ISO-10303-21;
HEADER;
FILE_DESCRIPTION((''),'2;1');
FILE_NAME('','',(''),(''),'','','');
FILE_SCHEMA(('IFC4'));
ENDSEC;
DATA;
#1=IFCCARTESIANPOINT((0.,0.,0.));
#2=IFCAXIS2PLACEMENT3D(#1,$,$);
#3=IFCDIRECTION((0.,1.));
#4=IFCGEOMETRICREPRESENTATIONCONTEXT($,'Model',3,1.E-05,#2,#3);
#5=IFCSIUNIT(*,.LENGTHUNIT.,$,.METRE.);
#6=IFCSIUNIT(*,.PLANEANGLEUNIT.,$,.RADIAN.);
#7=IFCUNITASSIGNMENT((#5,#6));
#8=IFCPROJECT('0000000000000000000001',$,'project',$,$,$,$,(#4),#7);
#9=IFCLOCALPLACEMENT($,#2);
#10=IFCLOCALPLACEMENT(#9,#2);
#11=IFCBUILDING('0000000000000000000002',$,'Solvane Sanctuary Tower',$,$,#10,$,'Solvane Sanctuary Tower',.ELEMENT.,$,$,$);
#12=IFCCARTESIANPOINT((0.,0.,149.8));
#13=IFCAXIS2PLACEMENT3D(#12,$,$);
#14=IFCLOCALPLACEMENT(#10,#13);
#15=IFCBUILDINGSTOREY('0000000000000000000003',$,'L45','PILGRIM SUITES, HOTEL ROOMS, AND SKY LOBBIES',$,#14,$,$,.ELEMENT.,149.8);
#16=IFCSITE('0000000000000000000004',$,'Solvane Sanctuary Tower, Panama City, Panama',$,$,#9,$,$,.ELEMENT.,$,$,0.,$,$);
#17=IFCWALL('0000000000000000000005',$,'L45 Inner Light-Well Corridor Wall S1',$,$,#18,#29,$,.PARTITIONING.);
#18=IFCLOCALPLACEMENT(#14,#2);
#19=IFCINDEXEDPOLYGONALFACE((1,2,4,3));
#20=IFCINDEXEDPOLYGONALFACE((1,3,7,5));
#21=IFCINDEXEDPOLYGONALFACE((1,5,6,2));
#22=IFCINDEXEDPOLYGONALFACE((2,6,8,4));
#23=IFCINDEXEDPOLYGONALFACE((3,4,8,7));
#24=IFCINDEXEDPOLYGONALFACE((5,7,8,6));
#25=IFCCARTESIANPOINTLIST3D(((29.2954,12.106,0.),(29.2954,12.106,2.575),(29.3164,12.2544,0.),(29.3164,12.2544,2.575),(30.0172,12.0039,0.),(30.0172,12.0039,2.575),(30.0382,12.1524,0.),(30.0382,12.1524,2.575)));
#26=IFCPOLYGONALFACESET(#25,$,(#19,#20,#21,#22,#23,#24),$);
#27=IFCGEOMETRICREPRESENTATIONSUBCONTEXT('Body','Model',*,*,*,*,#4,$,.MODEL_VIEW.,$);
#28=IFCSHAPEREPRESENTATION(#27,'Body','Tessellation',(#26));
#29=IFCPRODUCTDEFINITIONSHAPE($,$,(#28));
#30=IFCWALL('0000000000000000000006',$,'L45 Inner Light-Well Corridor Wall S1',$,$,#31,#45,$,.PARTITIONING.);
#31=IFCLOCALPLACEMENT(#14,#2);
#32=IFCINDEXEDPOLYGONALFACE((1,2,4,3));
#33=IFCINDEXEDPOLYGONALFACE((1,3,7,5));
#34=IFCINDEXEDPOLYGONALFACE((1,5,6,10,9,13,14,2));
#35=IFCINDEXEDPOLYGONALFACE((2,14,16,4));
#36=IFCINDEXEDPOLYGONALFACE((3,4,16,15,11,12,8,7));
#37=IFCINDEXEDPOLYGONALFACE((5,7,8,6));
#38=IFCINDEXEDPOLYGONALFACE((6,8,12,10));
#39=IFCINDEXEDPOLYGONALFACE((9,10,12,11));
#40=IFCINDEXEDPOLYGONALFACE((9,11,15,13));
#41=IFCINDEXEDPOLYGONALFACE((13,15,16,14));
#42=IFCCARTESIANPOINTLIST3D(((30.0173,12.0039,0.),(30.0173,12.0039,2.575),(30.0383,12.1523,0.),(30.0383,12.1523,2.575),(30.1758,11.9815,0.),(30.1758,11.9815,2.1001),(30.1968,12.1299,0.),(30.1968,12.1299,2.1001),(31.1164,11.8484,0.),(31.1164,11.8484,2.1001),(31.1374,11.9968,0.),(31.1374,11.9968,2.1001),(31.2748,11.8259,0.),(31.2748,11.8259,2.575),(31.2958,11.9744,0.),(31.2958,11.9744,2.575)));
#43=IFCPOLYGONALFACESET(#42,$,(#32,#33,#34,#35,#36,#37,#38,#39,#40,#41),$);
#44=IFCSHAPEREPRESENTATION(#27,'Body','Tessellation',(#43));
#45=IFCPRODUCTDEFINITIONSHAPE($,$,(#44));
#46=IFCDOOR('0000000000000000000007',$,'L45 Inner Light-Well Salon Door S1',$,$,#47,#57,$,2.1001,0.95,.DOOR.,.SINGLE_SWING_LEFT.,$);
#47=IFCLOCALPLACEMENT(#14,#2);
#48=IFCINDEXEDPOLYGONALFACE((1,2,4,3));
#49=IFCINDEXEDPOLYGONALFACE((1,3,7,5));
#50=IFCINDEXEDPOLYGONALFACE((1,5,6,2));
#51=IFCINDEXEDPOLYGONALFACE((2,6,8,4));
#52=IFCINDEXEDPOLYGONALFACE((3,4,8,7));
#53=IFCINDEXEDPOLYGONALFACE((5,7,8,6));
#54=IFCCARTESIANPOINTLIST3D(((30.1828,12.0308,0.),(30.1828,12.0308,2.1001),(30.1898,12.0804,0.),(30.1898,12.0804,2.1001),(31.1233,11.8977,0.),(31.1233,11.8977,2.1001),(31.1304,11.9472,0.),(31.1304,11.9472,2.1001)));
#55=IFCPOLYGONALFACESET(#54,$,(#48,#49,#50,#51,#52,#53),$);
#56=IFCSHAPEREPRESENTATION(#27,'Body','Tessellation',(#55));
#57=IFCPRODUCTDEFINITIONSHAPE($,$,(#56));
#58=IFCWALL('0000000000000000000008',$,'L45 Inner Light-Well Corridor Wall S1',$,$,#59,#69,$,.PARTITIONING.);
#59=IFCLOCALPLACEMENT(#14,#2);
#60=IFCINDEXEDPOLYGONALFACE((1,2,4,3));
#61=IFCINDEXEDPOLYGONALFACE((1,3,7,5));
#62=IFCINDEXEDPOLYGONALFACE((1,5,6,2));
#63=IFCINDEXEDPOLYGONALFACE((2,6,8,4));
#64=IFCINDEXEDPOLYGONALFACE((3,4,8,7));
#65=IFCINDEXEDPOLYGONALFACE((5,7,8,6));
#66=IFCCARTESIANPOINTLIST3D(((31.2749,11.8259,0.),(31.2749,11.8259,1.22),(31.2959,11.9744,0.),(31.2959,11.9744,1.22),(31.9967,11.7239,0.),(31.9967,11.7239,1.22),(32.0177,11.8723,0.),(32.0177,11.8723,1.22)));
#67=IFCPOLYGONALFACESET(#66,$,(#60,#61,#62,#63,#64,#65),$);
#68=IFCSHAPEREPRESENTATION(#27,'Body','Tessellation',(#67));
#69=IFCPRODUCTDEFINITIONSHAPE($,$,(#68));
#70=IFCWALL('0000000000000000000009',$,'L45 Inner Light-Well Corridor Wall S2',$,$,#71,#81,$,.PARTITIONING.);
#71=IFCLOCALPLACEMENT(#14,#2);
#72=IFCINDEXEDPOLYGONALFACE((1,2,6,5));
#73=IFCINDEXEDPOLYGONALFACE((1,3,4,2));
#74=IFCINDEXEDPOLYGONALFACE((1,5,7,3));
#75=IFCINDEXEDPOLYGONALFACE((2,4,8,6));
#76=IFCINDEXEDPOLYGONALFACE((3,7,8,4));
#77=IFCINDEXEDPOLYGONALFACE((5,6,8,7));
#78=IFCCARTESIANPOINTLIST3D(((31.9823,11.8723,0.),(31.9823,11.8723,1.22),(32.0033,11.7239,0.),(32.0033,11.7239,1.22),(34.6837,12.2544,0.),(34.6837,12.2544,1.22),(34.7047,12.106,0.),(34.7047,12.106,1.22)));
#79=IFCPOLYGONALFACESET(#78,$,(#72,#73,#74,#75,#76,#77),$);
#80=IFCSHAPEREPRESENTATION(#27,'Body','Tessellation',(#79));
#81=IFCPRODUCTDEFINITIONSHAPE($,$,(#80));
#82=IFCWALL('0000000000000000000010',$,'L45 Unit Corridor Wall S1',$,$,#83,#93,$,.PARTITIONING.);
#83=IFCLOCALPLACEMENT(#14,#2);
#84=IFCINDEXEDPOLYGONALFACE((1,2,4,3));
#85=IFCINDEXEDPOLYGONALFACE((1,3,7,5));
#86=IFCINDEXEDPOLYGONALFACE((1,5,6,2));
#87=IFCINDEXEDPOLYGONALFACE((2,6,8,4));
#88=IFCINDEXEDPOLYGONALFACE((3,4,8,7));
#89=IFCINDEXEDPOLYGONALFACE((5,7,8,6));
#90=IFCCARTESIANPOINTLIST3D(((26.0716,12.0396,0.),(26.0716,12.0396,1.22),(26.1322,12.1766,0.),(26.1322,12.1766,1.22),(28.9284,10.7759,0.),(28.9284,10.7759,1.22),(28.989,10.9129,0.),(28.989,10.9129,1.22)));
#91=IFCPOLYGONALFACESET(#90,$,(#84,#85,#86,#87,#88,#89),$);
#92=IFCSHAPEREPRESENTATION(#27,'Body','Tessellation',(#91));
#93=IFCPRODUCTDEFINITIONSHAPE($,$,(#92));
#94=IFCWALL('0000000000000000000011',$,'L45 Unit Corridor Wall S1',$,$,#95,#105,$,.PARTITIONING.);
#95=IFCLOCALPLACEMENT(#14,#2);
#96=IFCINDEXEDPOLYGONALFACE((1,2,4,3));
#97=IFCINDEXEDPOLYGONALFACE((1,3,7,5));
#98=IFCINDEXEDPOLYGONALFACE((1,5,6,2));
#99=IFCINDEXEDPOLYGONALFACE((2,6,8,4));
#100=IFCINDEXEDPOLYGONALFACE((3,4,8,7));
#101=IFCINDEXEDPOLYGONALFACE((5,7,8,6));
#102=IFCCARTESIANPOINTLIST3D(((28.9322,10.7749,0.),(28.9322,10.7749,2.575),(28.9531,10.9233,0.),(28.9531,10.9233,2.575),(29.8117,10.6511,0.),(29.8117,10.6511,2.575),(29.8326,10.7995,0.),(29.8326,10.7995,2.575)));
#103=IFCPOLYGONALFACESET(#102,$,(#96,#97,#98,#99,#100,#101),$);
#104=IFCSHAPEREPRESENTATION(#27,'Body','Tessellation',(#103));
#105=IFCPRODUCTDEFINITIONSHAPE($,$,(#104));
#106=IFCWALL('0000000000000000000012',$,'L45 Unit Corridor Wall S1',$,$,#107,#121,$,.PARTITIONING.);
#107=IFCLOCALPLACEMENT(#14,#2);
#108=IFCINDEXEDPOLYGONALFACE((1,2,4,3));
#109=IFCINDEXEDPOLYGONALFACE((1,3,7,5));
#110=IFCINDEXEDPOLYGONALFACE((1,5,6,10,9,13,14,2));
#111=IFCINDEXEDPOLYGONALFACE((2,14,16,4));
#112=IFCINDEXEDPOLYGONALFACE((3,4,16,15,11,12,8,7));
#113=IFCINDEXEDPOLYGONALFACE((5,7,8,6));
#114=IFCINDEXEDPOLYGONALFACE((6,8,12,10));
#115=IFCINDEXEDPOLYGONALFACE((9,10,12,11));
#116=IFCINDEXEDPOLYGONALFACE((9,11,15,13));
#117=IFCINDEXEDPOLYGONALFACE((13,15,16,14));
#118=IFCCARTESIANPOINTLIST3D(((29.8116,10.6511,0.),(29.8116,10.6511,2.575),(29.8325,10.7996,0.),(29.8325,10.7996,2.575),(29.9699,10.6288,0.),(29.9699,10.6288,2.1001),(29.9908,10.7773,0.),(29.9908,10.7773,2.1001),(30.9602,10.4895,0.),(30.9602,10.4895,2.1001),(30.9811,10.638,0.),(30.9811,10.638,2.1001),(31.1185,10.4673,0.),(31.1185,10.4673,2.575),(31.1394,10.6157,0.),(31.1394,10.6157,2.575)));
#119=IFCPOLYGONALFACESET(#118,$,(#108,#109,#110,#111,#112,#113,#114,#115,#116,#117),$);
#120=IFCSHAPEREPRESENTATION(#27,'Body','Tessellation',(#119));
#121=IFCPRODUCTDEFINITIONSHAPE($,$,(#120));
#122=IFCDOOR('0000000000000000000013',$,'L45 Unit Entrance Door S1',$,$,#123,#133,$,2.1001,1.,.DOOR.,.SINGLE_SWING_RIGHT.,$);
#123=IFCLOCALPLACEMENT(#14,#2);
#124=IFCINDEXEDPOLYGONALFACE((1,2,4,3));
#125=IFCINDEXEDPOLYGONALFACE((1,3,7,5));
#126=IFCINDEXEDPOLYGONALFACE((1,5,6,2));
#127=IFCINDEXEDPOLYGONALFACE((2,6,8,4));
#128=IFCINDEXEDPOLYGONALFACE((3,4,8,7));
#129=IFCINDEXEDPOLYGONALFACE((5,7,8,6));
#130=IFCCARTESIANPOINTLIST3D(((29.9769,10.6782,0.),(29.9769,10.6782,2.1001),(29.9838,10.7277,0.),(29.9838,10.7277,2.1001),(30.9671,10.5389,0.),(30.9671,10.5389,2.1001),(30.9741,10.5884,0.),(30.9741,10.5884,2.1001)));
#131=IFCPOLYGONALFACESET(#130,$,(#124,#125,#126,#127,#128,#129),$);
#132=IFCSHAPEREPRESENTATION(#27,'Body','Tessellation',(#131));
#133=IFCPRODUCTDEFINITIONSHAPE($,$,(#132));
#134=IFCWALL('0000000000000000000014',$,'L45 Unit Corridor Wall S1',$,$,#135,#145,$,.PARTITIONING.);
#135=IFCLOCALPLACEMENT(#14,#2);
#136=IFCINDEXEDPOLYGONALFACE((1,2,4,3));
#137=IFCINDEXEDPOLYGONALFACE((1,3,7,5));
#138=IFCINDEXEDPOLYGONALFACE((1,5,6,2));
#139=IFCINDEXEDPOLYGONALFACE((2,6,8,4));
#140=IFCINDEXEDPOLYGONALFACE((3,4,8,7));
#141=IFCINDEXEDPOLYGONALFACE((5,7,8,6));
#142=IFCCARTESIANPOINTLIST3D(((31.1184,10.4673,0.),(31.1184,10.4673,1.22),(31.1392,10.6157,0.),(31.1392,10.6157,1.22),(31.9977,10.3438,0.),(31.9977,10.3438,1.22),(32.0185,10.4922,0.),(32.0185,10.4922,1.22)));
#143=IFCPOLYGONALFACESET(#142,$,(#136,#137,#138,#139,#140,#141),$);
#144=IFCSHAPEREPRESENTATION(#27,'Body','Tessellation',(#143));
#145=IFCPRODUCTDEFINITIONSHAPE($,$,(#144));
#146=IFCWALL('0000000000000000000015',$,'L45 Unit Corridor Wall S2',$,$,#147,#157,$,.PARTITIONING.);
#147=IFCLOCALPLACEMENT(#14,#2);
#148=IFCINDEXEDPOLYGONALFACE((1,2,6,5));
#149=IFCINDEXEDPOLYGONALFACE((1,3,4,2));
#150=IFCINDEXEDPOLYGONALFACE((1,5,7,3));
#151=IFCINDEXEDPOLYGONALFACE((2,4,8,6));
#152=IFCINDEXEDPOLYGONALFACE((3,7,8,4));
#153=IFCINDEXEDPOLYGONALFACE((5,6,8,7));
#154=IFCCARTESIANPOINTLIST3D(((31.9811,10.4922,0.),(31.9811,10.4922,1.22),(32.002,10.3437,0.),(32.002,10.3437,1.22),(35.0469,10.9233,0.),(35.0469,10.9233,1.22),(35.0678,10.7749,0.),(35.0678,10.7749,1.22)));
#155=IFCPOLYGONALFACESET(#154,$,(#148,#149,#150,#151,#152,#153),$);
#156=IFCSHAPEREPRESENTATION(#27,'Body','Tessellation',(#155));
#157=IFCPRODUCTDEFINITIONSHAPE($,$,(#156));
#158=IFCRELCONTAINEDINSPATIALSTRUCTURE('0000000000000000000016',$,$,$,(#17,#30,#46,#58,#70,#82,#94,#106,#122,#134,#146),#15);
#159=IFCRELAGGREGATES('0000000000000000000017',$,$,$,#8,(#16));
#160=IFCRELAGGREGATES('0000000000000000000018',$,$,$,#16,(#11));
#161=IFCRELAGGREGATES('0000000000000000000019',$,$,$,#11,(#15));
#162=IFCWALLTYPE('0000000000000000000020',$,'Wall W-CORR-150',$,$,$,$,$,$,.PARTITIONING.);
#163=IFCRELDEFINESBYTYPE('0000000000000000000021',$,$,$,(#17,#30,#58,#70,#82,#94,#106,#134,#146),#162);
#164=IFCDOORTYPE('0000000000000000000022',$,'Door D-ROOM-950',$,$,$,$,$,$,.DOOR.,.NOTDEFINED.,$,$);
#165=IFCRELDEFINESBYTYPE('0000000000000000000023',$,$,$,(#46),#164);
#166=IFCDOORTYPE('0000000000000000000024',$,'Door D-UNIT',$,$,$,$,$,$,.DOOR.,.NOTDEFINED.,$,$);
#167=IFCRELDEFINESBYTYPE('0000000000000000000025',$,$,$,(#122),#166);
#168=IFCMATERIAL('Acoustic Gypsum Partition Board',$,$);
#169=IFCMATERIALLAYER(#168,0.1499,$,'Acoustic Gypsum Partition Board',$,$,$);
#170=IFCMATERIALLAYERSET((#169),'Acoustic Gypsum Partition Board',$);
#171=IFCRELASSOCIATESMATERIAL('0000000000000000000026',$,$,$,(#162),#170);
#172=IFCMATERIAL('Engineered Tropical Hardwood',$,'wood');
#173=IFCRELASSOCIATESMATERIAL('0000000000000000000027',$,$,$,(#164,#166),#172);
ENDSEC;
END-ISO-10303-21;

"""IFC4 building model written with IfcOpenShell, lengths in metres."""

from ifc_helpers import new_model, si_unit, direction, frame, frame_2d, origin, place, context, subcontext, project, spatial, rectangle, extrude, material, layer, layer_set, type_object, element, fill, save


model = new_model("IFC4")

# Units and contexts
model_context = context("Model", 3, precision=1e-05, world=origin(), true_north=direction((0.0, 1.0)))
body_context = subcontext(model_context, "Body", "Model", "MODEL_VIEW")
ifc_project = project(units=[si_unit("LENGTHUNIT", "METRE"), si_unit("PLANEANGLEUNIT", "RADIAN")], contexts=[model_context])

# Site, building, storey
site_placement = place(None, origin())
site = spatial("IfcSite", under=ifc_project, at=site_placement, Name="Solvane Sanctuary Tower, Panama City, Panama", CompositionType="ELEMENT", RefElevation=0.0)
building_placement = place(site_placement, origin())
building = spatial("IfcBuilding", under=site, at=building_placement, Name="Solvane Sanctuary Tower", LongName="Solvane Sanctuary Tower", CompositionType="ELEMENT")
storey_placement = place(building_placement, frame((0.0, 0.0, 149.8)))
storey = spatial("IfcBuildingStorey", under=building, at=storey_placement, Name="L45", Description="PILGRIM SUITES, HOTEL ROOMS, AND SKY LOBBIES", CompositionType="ELEMENT", Elevation=149.8)

# Wall
ifc_material_1 = material(Name="Acoustic Gypsum Partition Board")
ifc_layer_1 = layer(ifc_material_1, 0.1499, Name="Acoustic Gypsum Partition Board")
ifc_layer_set_1 = layer_set([ifc_layer_1], Name="Acoustic Gypsum Partition Board")
wall_type_1 = type_object("IfcWallType", Name="Wall W-CORR-150", PredefinedType="PARTITIONING", material=ifc_layer_set_1)
wall_1_placement = place(storey_placement, frame((29.3059, 12.1802, 0.0), z_axis=(0.0, 0.0, 1.0), x_axis=(0.990156, -0.139968, 0.0)))
element("IfcWall", 1, at=wall_1_placement, inside=storey, type_object=wall_type_1, Name="L45 Inner Light-Well Corridor Wall S1", PredefinedType="PARTITIONING", context=body_context, shape_type="SweptSolid", body=[
    extrude(rectangle(XDim=0.729, YDim=0.1499, at=frame_2d((0.3645, 0.0))), origin(), (0.0, 0.0, 1.0), 2.575),
])

# Wall, opening, door
wall_2_placement = place(storey_placement, frame((30.0278, 12.0781, 0.0), z_axis=(0.0, 0.0, 1.0), x_axis=(0.990133, -0.14013, 0.0)))
wall_2 = element("IfcWall", 2, at=wall_2_placement, inside=storey, type_object=wall_type_1, Name="L45 Inner Light-Well Corridor Wall S1", PredefinedType="PARTITIONING", context=body_context, shape_type="SweptSolid", body=[
    extrude(rectangle(XDim=1.27, YDim=0.1499, at=frame_2d((0.635, 0.0))), origin(), (0.0, 0.0, 1.0), 2.575),
])
opening_1_placement = place(wall_2_placement, frame((0.1599, 0.0, 0.0)))
opening_1 = element("IfcOpeningElement", 3, at=opening_1_placement, cuts=wall_2, PredefinedType="OPENING", context=body_context, shape_type="SweptSolid", body=[
    extrude(rectangle(XDim=0.95, YDim=2.1001, at=frame_2d((0.4751, 1.05))), frame((0.0, 0.085, 0.0), z_axis=(0.0, -1.0, 0.0), x_axis=(1.0, 0.0, 0.0)), (0.0, 0.0, 1.0), 0.1699),
])
ifc_material_2 = material(Name="Engineered Tropical Hardwood", Category="wood")
door_type_1 = type_object("IfcDoorType", Name="Door D-ROOM-950", OperationType="NOTDEFINED", PredefinedType="DOOR", material=ifc_material_2)
door_1_placement = place(opening_1_placement, origin())
door_1 = element("IfcDoor", 4, at=door_1_placement, inside=storey, type_object=door_type_1, Name="L45 Inner Light-Well Salon Door S1", OperationType="SINGLE_SWING_LEFT", OverallHeight=2.1001, OverallWidth=0.95, PredefinedType="DOOR", context=body_context, shape_type="SweptSolid", body=[
    extrude(rectangle(XDim=0.95, YDim=2.1001, at=frame_2d((0.4751, 1.05))), frame((0.0, 0.0249, 0.0), z_axis=(0.0, -1.0, 0.0), x_axis=(1.0, 0.0, 0.0)), (0.0, 0.0, 1.0), 0.05),
])
fill(opening_1, door_1)

# Walls
wall_3_placement = place(storey_placement, frame((31.2854, 11.9001, 0.0), z_axis=(0.0, 0.0, 1.0), x_axis=(0.990156, -0.139968, 0.0)))
element("IfcWall", 5, at=wall_3_placement, inside=storey, type_object=wall_type_1, Name="L45 Inner Light-Well Corridor Wall S1", PredefinedType="PARTITIONING", context=body_context, shape_type="SweptSolid", body=[
    extrude(rectangle(XDim=0.729, YDim=0.1499, at=frame_2d((0.3645, 0.0))), origin(), (0.0, 0.0, 1.0), 1.22),
])
wall_4_placement = place(storey_placement, frame((31.9927, 11.7981, 0.0), z_axis=(0.0, 0.0, 1.0), x_axis=(0.990145, 0.140043, 0.0)))
element("IfcWall", 6, at=wall_4_placement, inside=storey, type_object=wall_type_1, Name="L45 Inner Light-Well Corridor Wall S2", PredefinedType="PARTITIONING", context=body_context, shape_type="SweptSolid", body=[
    extrude(rectangle(XDim=2.7283, YDim=0.1499, at=frame_2d((1.3643, 0.0))), origin(), (0.0, 0.0, 1.0), 1.22),
])
wall_5_placement = place(storey_placement, frame((26.1018, 12.1082, 0.0), z_axis=(0.0, 0.0, 1.0), x_axis=(0.914519, -0.404542, 0.0)))
element("IfcWall", 7, at=wall_5_placement, inside=storey, type_object=wall_type_1, Name="L45 Unit Corridor Wall S1", PredefinedType="PARTITIONING", context=body_context, shape_type="SweptSolid", body=[
    extrude(rectangle(XDim=3.1238, YDim=0.1499, at=frame_2d((1.562, 0.0))), origin(), (0.0, 0.0, 1.0), 1.22),
])
wall_6_placement = place(storey_placement, frame((28.9426, 10.8491, 0.0), z_axis=(0.0, 0.0, 1.0), x_axis=(0.990239, -0.139381, 0.0)))
element("IfcWall", 8, at=wall_6_placement, inside=storey, type_object=wall_type_1, Name="L45 Unit Corridor Wall S1", PredefinedType="PARTITIONING", context=body_context, shape_type="SweptSolid", body=[
    extrude(rectangle(XDim=0.8882, YDim=0.1499, at=frame_2d((0.4441, 0.0))), origin(), (0.0, 0.0, 1.0), 2.575),
])

# Wall, opening, door
wall_7_placement = place(storey_placement, frame((29.822, 10.7253, 0.0), z_axis=(0.0, 0.0, 1.0), x_axis=(0.990251, -0.139297, 0.0)))
wall_7 = element("IfcWall", 9, at=wall_7_placement, inside=storey, type_object=wall_type_1, Name="L45 Unit Corridor Wall S1", PredefinedType="PARTITIONING", context=body_context, shape_type="SweptSolid", body=[
    extrude(rectangle(XDim=1.3198, YDim=0.1499, at=frame_2d((0.6599, 0.0))), origin(), (0.0, 0.0, 1.0), 2.575),
])
opening_2_placement = place(wall_7_placement, frame((0.1599, 0.0, 0.0)))
opening_2 = element("IfcOpeningElement", 10, at=opening_2_placement, cuts=wall_7, PredefinedType="OPENING", context=body_context, shape_type="SweptSolid", body=[
    extrude(rectangle(XDim=1.0, YDim=2.1001, at=frame_2d((0.5, 1.05))), frame((0.0, 0.085, 0.0), z_axis=(0.0, -1.0, 0.0), x_axis=(1.0, 0.0, 0.0)), (0.0, 0.0, 1.0), 0.1699),
])
door_type_2 = type_object("IfcDoorType", Name="Door D-UNIT", OperationType="NOTDEFINED", PredefinedType="DOOR", material=ifc_material_2)
door_2_placement = place(opening_2_placement, origin())
door_2 = element("IfcDoor", 11, at=door_2_placement, inside=storey, type_object=door_type_2, Name="L45 Unit Entrance Door S1", OperationType="SINGLE_SWING_RIGHT", OverallHeight=2.1001, OverallWidth=1.0, PredefinedType="DOOR", context=body_context, shape_type="SweptSolid", body=[
    extrude(rectangle(XDim=1.0, YDim=2.1001, at=frame_2d((0.5, 1.05))), frame((0.0, 0.0249, 0.0), z_axis=(0.0, -1.0, 0.0), x_axis=(1.0, 0.0, 0.0)), (0.0, 0.0, 1.0), 0.05),
])
fill(opening_2, door_2)

# Walls
wall_8_placement = place(storey_placement, frame((31.1289, 10.5415, 0.0), z_axis=(0.0, 0.0, 1.0), x_axis=(0.990277, -0.139112, 0.0)))
element("IfcWall", 12, at=wall_8_placement, inside=storey, type_object=wall_type_1, Name="L45 Unit Corridor Wall S1", PredefinedType="PARTITIONING", context=body_context, shape_type="SweptSolid", body=[
    extrude(rectangle(XDim=0.8879, YDim=0.1499, at=frame_2d((0.4438, 0.0))), origin(), (0.0, 0.0, 1.0), 1.22),
])
wall_9_placement = place(storey_placement, frame((31.9917, 10.418, 0.0), z_axis=(0.0, 0.0, 1.0), x_axis=(0.990255, 0.139268, 0.0)))
element("IfcWall", 13, at=wall_9_placement, inside=storey, type_object=wall_type_1, Name="L45 Unit Corridor Wall S2", PredefinedType="PARTITIONING", context=body_context, shape_type="SweptSolid", body=[
    extrude(rectangle(XDim=3.0959, YDim=0.1499, at=frame_2d((1.5479, 0.0))), origin(), (0.0, 0.0, 1.0), 1.22),
])

save(model, "model.ifc")
